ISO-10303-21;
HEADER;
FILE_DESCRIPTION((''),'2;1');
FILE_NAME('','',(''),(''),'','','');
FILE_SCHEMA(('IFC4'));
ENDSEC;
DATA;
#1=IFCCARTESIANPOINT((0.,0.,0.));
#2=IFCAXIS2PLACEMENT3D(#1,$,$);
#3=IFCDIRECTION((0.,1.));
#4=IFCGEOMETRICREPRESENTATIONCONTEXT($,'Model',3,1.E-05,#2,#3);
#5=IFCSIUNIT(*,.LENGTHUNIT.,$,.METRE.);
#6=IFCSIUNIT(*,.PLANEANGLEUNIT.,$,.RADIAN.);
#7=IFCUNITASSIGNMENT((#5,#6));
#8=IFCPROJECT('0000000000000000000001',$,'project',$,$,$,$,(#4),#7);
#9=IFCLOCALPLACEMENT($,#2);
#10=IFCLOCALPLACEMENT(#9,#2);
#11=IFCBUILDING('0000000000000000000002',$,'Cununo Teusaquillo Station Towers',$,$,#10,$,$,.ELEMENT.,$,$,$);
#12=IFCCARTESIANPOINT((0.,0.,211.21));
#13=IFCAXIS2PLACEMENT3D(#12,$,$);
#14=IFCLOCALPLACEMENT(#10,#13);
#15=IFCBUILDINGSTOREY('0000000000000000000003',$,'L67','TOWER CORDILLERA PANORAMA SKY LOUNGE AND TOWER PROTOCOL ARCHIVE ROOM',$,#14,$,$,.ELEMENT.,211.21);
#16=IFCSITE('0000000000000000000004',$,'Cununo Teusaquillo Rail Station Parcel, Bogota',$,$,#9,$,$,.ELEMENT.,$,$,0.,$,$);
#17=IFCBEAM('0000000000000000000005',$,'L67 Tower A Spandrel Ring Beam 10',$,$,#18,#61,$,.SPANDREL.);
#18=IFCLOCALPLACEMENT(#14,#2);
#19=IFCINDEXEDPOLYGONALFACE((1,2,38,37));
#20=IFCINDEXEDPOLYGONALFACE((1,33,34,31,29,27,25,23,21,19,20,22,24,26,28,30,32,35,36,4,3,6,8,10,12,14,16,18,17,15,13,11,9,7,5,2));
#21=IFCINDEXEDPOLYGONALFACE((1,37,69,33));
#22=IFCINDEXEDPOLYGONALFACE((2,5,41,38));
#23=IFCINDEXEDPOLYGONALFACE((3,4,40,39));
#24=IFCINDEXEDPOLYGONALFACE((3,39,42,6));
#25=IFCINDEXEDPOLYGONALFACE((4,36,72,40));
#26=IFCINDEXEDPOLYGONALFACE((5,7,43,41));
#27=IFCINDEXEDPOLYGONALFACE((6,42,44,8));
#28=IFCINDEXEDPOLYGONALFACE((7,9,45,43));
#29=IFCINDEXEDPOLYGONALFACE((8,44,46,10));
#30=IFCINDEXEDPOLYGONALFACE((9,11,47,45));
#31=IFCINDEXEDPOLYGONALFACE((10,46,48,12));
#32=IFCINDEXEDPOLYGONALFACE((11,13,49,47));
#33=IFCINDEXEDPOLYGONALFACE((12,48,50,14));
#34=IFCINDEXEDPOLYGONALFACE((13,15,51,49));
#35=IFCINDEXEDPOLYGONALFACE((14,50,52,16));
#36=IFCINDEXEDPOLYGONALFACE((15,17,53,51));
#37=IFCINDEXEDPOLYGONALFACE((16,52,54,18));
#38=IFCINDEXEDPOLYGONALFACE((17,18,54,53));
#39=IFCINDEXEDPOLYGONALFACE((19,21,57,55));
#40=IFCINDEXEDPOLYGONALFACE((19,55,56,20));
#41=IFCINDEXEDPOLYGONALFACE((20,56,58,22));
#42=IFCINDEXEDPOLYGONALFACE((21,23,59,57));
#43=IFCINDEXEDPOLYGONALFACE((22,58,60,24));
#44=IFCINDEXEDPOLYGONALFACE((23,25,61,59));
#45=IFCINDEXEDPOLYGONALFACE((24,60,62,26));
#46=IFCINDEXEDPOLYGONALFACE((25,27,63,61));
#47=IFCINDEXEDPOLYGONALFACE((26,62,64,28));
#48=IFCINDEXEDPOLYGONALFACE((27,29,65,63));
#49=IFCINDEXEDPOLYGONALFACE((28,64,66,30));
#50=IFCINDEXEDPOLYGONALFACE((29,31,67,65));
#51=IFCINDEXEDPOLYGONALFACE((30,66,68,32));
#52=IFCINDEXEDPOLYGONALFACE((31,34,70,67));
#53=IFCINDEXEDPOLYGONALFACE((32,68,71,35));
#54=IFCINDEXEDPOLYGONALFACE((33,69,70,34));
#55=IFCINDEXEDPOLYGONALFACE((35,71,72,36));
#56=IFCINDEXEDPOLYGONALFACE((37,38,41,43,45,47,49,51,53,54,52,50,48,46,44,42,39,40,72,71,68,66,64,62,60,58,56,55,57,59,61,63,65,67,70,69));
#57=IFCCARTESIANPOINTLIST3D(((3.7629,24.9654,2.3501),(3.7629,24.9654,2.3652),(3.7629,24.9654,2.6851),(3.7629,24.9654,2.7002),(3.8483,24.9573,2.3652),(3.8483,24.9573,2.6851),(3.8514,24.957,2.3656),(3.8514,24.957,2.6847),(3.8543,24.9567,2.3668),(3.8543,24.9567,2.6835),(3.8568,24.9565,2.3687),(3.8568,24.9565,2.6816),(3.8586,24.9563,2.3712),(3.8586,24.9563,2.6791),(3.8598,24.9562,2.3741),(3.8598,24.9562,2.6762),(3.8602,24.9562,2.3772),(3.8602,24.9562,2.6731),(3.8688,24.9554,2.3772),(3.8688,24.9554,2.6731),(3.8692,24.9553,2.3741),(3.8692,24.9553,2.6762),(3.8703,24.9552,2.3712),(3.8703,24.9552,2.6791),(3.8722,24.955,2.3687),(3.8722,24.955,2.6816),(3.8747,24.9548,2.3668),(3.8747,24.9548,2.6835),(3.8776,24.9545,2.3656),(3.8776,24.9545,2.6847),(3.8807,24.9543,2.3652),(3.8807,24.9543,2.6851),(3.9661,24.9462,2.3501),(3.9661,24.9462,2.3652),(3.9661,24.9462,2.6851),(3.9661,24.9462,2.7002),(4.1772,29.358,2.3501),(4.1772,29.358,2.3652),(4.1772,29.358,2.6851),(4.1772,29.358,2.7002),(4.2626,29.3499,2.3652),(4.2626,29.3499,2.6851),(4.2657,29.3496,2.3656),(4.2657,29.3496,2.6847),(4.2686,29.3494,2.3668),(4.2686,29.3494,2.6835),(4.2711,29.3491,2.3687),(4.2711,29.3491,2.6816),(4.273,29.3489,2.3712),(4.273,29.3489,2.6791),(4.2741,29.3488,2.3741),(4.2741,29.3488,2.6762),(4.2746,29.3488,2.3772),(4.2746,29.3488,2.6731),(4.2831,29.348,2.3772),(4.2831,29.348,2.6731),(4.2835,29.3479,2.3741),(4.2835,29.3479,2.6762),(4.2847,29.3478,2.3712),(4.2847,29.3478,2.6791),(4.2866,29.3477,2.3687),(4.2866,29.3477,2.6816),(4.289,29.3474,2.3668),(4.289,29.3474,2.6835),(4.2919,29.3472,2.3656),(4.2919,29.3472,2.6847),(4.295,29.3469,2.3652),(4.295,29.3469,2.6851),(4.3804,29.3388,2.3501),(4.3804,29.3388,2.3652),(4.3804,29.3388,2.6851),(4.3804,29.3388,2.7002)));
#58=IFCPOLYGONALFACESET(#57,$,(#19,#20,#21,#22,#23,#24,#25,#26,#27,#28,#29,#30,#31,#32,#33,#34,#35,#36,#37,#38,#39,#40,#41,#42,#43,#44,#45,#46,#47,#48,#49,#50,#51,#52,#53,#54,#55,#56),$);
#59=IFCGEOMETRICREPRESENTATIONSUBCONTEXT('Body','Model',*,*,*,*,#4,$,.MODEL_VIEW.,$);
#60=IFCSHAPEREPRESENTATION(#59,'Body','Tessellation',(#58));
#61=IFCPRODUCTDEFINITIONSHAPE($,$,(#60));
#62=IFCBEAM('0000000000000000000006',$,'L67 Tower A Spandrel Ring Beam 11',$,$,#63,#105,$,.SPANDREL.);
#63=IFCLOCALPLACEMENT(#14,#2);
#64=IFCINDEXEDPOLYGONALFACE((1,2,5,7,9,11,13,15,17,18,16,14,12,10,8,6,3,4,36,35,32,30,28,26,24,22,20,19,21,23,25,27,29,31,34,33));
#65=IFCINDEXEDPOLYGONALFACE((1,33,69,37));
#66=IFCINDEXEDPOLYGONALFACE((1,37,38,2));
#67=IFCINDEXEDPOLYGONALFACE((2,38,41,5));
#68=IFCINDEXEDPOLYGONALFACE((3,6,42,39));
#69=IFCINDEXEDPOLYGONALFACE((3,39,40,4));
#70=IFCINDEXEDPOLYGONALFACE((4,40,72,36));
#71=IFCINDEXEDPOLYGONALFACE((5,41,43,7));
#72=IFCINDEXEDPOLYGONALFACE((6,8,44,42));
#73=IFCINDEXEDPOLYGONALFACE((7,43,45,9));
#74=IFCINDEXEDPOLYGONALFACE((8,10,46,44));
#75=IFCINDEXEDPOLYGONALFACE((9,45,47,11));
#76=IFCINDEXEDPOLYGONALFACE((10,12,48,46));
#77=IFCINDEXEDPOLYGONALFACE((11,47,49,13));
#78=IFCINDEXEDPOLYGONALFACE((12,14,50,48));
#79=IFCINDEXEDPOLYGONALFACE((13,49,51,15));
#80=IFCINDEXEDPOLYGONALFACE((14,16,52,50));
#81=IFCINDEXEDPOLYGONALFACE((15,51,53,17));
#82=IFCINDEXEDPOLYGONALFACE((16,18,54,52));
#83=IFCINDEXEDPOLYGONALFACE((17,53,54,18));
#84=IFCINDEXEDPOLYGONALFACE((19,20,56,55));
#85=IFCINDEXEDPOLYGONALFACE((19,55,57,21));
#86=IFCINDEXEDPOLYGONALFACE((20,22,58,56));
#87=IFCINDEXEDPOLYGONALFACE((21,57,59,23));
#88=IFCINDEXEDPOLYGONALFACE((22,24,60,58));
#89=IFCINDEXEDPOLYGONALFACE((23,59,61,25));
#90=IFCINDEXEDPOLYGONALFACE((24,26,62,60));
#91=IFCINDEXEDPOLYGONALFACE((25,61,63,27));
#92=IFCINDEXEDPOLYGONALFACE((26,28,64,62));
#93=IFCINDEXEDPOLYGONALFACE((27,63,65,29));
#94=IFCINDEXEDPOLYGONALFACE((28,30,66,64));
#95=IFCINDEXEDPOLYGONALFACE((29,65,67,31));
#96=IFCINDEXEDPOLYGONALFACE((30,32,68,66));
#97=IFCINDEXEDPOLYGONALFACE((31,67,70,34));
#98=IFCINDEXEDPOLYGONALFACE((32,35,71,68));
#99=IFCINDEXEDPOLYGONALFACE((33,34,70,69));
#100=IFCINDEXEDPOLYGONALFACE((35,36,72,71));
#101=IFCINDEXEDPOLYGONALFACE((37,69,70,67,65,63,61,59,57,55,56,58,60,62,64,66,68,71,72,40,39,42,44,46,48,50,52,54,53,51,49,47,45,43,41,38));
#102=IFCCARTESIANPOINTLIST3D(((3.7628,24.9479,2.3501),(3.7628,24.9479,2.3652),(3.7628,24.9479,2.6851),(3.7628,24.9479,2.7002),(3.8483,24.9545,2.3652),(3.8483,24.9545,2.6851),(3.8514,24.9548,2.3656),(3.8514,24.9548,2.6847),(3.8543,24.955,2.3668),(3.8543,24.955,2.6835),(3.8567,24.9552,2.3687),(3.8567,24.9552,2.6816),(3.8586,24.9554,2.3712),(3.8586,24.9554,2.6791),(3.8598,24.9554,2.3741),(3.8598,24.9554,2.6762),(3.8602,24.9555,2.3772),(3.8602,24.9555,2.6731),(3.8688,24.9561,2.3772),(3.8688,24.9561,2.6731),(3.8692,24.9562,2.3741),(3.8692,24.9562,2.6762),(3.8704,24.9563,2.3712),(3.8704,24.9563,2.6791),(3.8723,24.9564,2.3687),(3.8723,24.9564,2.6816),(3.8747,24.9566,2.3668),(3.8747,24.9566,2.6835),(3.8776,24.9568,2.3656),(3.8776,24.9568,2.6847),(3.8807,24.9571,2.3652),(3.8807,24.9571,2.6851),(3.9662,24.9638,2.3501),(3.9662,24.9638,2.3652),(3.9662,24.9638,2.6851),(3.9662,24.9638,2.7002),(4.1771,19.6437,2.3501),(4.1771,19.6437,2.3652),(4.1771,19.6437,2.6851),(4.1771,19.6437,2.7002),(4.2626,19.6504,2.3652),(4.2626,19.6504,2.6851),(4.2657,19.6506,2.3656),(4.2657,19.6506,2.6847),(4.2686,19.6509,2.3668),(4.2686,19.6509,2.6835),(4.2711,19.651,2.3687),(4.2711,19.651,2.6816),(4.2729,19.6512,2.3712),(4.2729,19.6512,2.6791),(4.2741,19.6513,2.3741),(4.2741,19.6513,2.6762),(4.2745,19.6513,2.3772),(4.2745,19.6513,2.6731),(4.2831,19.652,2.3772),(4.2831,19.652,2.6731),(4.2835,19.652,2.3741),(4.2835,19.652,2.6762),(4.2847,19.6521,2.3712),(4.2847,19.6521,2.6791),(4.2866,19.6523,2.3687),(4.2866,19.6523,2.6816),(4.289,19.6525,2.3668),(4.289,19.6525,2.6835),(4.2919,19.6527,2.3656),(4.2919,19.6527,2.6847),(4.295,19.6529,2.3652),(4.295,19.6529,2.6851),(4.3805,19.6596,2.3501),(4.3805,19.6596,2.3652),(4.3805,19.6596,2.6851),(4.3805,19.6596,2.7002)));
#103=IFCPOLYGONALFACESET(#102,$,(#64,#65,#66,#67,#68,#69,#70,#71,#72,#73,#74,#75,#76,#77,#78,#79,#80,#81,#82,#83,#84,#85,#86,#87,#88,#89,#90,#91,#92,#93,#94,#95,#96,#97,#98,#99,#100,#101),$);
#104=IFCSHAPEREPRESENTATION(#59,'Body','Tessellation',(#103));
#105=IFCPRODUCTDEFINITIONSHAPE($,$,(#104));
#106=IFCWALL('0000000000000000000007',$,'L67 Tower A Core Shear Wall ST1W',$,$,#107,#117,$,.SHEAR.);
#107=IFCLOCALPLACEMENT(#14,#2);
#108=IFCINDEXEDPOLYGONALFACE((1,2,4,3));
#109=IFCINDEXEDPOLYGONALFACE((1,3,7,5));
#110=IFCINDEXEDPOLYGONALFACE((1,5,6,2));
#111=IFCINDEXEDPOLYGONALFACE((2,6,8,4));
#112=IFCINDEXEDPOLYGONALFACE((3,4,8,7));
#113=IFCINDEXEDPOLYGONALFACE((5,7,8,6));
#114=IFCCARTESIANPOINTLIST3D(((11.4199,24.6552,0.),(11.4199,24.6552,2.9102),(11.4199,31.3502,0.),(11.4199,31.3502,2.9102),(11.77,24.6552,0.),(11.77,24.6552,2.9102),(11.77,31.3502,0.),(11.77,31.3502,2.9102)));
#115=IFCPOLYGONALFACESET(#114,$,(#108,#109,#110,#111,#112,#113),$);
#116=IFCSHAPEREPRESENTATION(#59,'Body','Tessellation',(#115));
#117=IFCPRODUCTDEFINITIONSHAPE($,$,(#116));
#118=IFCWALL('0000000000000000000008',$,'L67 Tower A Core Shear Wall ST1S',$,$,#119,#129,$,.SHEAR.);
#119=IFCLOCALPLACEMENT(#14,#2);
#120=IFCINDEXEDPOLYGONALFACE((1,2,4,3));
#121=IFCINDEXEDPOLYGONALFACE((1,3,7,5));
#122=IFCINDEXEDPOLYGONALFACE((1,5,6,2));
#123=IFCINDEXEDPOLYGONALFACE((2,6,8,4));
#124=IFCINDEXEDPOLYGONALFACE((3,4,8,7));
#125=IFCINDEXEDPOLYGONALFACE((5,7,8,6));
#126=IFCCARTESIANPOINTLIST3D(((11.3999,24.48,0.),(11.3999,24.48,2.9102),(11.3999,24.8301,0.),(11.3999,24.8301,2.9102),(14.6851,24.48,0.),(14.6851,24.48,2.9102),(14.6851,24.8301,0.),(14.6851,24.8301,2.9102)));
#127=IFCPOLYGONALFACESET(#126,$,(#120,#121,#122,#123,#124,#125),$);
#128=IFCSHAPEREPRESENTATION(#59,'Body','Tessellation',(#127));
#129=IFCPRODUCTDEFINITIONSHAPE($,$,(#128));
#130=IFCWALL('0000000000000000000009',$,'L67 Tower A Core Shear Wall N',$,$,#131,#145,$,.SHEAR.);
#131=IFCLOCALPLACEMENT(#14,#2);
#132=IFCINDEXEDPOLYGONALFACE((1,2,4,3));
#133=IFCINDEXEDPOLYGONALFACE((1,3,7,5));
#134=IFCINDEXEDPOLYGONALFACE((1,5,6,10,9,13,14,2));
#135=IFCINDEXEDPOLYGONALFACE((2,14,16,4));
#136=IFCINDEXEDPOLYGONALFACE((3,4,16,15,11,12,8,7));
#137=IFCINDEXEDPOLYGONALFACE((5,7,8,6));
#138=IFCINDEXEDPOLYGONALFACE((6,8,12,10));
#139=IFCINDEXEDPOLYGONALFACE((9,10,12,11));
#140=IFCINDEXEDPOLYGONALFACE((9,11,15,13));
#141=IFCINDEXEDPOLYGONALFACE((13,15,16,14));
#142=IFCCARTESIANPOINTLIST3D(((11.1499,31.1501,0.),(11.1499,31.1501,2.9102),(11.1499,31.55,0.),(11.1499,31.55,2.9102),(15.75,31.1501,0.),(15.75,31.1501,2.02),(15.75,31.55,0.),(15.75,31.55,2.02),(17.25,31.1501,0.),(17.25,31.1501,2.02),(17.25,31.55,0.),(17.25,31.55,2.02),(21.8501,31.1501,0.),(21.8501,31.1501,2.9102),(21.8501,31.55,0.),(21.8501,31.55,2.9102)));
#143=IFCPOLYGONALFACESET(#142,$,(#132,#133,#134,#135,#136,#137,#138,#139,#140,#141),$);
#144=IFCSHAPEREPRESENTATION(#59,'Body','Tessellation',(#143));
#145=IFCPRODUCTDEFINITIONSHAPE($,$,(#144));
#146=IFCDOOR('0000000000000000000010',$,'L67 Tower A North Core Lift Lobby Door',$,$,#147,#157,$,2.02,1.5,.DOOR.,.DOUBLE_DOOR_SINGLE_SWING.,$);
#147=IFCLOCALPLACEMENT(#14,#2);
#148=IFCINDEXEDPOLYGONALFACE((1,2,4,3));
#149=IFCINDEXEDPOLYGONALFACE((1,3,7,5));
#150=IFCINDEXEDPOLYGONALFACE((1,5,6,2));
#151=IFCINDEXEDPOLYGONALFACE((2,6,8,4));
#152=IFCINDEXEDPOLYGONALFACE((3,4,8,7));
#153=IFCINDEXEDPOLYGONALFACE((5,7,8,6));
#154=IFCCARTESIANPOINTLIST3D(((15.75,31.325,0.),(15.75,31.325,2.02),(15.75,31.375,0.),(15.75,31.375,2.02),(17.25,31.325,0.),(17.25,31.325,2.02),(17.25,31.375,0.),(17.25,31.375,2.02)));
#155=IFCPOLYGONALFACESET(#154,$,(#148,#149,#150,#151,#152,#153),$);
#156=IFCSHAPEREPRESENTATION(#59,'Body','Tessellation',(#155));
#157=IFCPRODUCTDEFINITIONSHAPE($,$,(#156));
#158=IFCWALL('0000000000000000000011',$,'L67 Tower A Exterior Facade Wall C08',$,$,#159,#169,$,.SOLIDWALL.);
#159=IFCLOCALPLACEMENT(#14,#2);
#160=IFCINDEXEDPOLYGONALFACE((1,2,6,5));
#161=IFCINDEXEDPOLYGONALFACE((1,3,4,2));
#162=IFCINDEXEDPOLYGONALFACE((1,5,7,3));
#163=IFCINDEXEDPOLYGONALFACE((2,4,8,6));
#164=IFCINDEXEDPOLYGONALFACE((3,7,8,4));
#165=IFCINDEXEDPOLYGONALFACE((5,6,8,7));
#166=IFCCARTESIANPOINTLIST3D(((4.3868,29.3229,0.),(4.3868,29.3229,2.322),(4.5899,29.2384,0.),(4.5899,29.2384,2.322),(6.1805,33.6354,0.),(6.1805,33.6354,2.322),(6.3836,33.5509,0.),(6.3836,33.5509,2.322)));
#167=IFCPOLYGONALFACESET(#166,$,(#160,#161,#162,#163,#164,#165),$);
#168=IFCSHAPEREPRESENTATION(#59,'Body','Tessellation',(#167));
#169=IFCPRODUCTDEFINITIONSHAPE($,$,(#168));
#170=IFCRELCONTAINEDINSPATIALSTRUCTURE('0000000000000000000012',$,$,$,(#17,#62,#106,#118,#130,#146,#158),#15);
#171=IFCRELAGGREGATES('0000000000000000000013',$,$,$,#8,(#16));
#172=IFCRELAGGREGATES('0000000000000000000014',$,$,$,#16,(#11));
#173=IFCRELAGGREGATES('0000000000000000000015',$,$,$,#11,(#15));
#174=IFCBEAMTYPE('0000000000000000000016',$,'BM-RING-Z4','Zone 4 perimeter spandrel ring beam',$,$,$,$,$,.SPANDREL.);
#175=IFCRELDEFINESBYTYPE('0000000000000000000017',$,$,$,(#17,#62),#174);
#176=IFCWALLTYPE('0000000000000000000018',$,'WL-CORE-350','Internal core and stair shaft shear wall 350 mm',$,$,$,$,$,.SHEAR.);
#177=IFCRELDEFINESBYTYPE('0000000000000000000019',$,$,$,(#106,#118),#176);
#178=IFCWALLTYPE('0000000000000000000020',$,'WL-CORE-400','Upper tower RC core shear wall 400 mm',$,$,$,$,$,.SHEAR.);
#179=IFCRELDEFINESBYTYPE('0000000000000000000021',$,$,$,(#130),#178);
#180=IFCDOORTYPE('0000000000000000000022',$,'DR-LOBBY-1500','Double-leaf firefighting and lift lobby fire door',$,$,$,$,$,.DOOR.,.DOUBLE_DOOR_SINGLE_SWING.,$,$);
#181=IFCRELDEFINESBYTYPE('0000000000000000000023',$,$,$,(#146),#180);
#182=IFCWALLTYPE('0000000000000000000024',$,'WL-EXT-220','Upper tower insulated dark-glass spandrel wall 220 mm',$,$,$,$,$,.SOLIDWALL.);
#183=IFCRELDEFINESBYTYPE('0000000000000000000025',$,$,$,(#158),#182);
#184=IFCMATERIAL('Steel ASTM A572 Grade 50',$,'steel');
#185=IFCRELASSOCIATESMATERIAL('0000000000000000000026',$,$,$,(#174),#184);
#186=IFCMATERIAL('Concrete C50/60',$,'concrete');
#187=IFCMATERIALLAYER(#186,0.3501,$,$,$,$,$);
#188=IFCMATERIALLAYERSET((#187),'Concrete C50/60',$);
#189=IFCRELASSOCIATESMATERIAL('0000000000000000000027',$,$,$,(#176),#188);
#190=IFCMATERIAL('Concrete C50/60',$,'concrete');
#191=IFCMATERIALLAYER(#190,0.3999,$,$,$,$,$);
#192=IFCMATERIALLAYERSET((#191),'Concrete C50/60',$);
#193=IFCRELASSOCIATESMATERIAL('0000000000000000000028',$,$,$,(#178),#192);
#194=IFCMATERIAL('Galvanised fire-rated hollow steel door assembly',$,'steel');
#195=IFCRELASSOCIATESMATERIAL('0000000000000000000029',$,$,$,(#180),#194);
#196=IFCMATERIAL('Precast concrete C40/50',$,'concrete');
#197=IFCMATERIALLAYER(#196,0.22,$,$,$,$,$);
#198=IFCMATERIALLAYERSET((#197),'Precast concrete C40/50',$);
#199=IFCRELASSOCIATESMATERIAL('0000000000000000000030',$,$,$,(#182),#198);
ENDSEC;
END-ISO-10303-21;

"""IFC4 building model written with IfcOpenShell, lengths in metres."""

from ifc_helpers import new_model, si_unit, direction, frame, frame_2d, origin, origin_2d, place, context, subcontext, project, spatial, rectangle, i_section, extrude, source, transform, mapped, material, layer, layer_set, material_profile, profile_set, type_object, element, fill, save


model = new_model("IFC4")

# Units and contexts
model_context = context("Model", 3, precision=1e-05, world=origin(), true_north=direction((0.0, 1.0)))
body_context = subcontext(model_context, "Body", "Model", "MODEL_VIEW")
ifc_project = project(units=[si_unit("LENGTHUNIT", "METRE"), si_unit("PLANEANGLEUNIT", "RADIAN")], contexts=[model_context])

# Site, building, storey
site_placement = place(None, origin())
site = spatial("IfcSite", under=ifc_project, at=site_placement, Name="Cununo Teusaquillo Rail Station Parcel, Bogota", CompositionType="ELEMENT", RefElevation=0.0)
building_placement = place(site_placement, origin())
building = spatial("IfcBuilding", under=site, at=building_placement, Name="Cununo Teusaquillo Station Towers", CompositionType="ELEMENT")
storey_placement = place(building_placement, frame((0.0, 0.0, 211.21)))
storey = spatial("IfcBuildingStorey", under=building, at=storey_placement, Name="L67", Description="TOWER CORDILLERA PANORAMA SKY LOUNGE AND TOWER PROTOCOL ARCHIVE ROOM", CompositionType="ELEMENT", Elevation=211.21)

# Beams
ifc_material_1 = material(Name="Steel ASTM A572 Grade 50", Category="steel")
ifc_material_profile = material_profile(ifc_material_1, i_section(OverallWidth=0.2041, OverallDepth=0.3501, WebThickness=0.0085, FlangeThickness=0.0151, FilletRadius=0.012, at=origin_2d()), Name="W14X48")
ifc_profile_set = profile_set([ifc_material_profile], Name="Steel ASTM A572 Grade 50")
beam_type = type_object("IfcBeamType", Name="BM-RING-Z4", Description="Zone 4 perimeter spandrel ring beam", PredefinedType="SPANDREL", material=ifc_profile_set)
beam_1_placement = place(storey_placement, frame((4.2788, 29.3484, 2.5251), z_axis=(-0.093903, -0.995581, 0.0), x_axis=(0.995581, -0.093903, 0.0)))
element("IfcBeam", 1, at=beam_1_placement, inside=storey, type_object=beam_type, Name="L67 Tower A Spandrel Ring Beam 10", PredefinedType="SPANDREL", context=body_context, shape_type="SweptSolid", body=[
    extrude(i_section(OverallWidth=0.2041, OverallDepth=0.3501, WebThickness=0.0085, FlangeThickness=0.0151, FilletRadius=0.012, at=origin_2d()), origin(), (0.0, 0.0, 1.0), 4.4121),
])
beam_2_placement = place(storey_placement, frame((3.8645, 24.9558, 2.5251), z_axis=(0.077872, -0.996963, 0.0), x_axis=(0.996963, 0.077872, 0.0)))
element("IfcBeam", 2, at=beam_2_placement, inside=storey, type_object=beam_type, Name="L67 Tower A Spandrel Ring Beam 11", PredefinedType="SPANDREL", context=body_context, shape_type="SweptSolid", body=[
    extrude(i_section(OverallWidth=0.2041, OverallDepth=0.3501, WebThickness=0.0085, FlangeThickness=0.0151, FilletRadius=0.012, at=origin_2d()), origin(), (0.0, 0.0, 1.0), 5.3203),
])

# Walls
ifc_material_2 = material(Name="Concrete C50/60", Category="concrete")
ifc_layer_1 = layer(ifc_material_2, 0.3501)
ifc_layer_set_1 = layer_set([ifc_layer_1], Name="Concrete C50/60")
wall_type_1 = type_object("IfcWallType", Name="WL-CORE-350", Description="Internal core and stair shaft shear wall 350 mm", PredefinedType="SHEAR", material=ifc_layer_set_1)
wall_1_placement = place(storey_placement, frame((11.595, 24.655, 0.0), z_axis=(0.0, 0.0, 1.0), x_axis=(0.0, 1.0, 0.0)))
element("IfcWall", 3, at=wall_1_placement, inside=storey, type_object=wall_type_1, Name="L67 Tower A Core Shear Wall ST1W", PredefinedType="SHEAR", context=body_context, shape_type="SweptSolid", body=[
    extrude(rectangle(XDim=6.6951, YDim=0.3501, at=frame_2d((3.3477, 0.0))), origin(), (0.0, 0.0, 1.0), 2.9102),
])
wall_2_placement = place(storey_placement, frame((11.3999, 24.655, 0.0), z_axis=(0.0, 0.0, 1.0), x_axis=(1.0, 0.0, 0.0)))
element("IfcWall", 4, at=wall_2_placement, inside=storey, type_object=wall_type_1, Name="L67 Tower A Core Shear Wall ST1S", PredefinedType="SHEAR", context=body_context, shape_type="SweptSolid", body=[
    extrude(rectangle(XDim=3.2852, YDim=0.3501, at=frame_2d((1.6426, 0.0))), origin(), (0.0, 0.0, 1.0), 2.9102),
])

# Wall, opening, door
ifc_material_3 = material(Name="Concrete C50/60", Category="concrete")
ifc_layer_2 = layer(ifc_material_3, 0.3999)
ifc_layer_set_2 = layer_set([ifc_layer_2], Name="Concrete C50/60")
wall_type_2 = type_object("IfcWallType", Name="WL-CORE-400", Description="Upper tower RC core shear wall 400 mm", PredefinedType="SHEAR", material=ifc_layer_set_2)
wall_3_placement = place(storey_placement, frame((11.1499, 31.3501, 0.0), z_axis=(0.0, 0.0, 1.0), x_axis=(1.0, 0.0, 0.0)))
wall_3 = element("IfcWall", 5, at=wall_3_placement, inside=storey, type_object=wall_type_2, Name="L67 Tower A Core Shear Wall N", PredefinedType="SHEAR", context=body_context, shape_type="SweptSolid", body=[
    extrude(rectangle(XDim=10.7002, YDim=0.3999, at=frame_2d((5.3501, 0.0))), origin(), (0.0, 0.0, 1.0), 2.9102),
])
shared_shape_1 = source(origin(), body_context, "Body", "SweptSolid", [
    extrude(rectangle(XDim=1.5, YDim=2.02, at=frame_2d((0.75, 1.01))), frame((0.0, 0.21, 0.0), z_axis=(0.0, -1.0, 0.0), x_axis=(1.0, 0.0, 0.0)), (0.0, 0.0, 1.0), 0.4199),
])
opening_1_placement = place(wall_3_placement, frame((4.6001, 0.0, 0.0)))
opening_1 = element("IfcOpeningElement", 6, at=opening_1_placement, cuts=wall_3, PredefinedType="OPENING", context=body_context, shape_type="MappedRepresentation", body=[
    mapped(shared_shape_1, transform((0.0, 0.0, 0.0), x_axis=(1.0, 0.0, 0.0), y_axis=(0.0, 1.0, 0.0), z_axis=(0.0, 0.0, 1.0), scale=1.0)),
])
ifc_material_4 = material(Name="Galvanised fire-rated hollow steel door assembly", Category="steel")
door_type_1 = type_object("IfcDoorType", Name="DR-LOBBY-1500", Description="Double-leaf firefighting and lift lobby fire door", OperationType="DOUBLE_DOOR_SINGLE_SWING", PredefinedType="DOOR", material=ifc_material_4)
shared_shape_2 = source(origin(), body_context, "Body", "SweptSolid", [
    extrude(rectangle(XDim=1.5, YDim=2.02, at=frame_2d((0.75, 1.01))), frame((0.0, 0.0249, 0.0), z_axis=(0.0, -1.0, 0.0), x_axis=(1.0, 0.0, 0.0)), (0.0, 0.0, 1.0), 0.05),
])
door_1_placement = place(opening_1_placement, origin())
door_1 = element("IfcDoor", 7, at=door_1_placement, inside=storey, type_object=door_type_1, Name="L67 Tower A North Core Lift Lobby Door", OperationType="DOUBLE_DOOR_SINGLE_SWING", OverallHeight=2.02, OverallWidth=1.5, PredefinedType="DOOR", context=body_context, shape_type="MappedRepresentation", body=[
    mapped(shared_shape_2, transform((0.0, 0.0, 0.0), x_axis=(1.0, 0.0, 0.0), y_axis=(0.0, 1.0, 0.0), z_axis=(0.0, 0.0, 1.0), scale=1.0)),
])
fill(opening_1, door_1)

# Wall
ifc_material_5 = material(Name="Precast concrete C40/50", Category="concrete")
ifc_layer_3 = layer(ifc_material_5, 0.22)
ifc_layer_set_3 = layer_set([ifc_layer_3], Name="Precast concrete C40/50")
wall_type_3 = type_object("IfcWallType", Name="WL-EXT-220", Description="Upper tower insulated dark-glass spandrel wall 220 mm", PredefinedType="SOLIDWALL", material=ifc_layer_set_3)
wall_4_placement = place(storey_placement, frame((4.4883, 29.2805, 0.0), z_axis=(0.0, 0.0, 1.0), x_axis=(0.384036, 0.923318, 0.0)))
element("IfcWall", 8, at=wall_4_placement, inside=storey, type_object=wall_type_3, Name="L67 Tower A Exterior Facade Wall C08", PredefinedType="SOLIDWALL", context=body_context, shape_type="SweptSolid", body=[
    extrude(rectangle(XDim=4.6707, YDim=0.22, at=frame_2d((2.3354, 0.0))), origin(), (0.0, 0.0, 1.0), 2.322),
])

save(model, "model.ifc")
